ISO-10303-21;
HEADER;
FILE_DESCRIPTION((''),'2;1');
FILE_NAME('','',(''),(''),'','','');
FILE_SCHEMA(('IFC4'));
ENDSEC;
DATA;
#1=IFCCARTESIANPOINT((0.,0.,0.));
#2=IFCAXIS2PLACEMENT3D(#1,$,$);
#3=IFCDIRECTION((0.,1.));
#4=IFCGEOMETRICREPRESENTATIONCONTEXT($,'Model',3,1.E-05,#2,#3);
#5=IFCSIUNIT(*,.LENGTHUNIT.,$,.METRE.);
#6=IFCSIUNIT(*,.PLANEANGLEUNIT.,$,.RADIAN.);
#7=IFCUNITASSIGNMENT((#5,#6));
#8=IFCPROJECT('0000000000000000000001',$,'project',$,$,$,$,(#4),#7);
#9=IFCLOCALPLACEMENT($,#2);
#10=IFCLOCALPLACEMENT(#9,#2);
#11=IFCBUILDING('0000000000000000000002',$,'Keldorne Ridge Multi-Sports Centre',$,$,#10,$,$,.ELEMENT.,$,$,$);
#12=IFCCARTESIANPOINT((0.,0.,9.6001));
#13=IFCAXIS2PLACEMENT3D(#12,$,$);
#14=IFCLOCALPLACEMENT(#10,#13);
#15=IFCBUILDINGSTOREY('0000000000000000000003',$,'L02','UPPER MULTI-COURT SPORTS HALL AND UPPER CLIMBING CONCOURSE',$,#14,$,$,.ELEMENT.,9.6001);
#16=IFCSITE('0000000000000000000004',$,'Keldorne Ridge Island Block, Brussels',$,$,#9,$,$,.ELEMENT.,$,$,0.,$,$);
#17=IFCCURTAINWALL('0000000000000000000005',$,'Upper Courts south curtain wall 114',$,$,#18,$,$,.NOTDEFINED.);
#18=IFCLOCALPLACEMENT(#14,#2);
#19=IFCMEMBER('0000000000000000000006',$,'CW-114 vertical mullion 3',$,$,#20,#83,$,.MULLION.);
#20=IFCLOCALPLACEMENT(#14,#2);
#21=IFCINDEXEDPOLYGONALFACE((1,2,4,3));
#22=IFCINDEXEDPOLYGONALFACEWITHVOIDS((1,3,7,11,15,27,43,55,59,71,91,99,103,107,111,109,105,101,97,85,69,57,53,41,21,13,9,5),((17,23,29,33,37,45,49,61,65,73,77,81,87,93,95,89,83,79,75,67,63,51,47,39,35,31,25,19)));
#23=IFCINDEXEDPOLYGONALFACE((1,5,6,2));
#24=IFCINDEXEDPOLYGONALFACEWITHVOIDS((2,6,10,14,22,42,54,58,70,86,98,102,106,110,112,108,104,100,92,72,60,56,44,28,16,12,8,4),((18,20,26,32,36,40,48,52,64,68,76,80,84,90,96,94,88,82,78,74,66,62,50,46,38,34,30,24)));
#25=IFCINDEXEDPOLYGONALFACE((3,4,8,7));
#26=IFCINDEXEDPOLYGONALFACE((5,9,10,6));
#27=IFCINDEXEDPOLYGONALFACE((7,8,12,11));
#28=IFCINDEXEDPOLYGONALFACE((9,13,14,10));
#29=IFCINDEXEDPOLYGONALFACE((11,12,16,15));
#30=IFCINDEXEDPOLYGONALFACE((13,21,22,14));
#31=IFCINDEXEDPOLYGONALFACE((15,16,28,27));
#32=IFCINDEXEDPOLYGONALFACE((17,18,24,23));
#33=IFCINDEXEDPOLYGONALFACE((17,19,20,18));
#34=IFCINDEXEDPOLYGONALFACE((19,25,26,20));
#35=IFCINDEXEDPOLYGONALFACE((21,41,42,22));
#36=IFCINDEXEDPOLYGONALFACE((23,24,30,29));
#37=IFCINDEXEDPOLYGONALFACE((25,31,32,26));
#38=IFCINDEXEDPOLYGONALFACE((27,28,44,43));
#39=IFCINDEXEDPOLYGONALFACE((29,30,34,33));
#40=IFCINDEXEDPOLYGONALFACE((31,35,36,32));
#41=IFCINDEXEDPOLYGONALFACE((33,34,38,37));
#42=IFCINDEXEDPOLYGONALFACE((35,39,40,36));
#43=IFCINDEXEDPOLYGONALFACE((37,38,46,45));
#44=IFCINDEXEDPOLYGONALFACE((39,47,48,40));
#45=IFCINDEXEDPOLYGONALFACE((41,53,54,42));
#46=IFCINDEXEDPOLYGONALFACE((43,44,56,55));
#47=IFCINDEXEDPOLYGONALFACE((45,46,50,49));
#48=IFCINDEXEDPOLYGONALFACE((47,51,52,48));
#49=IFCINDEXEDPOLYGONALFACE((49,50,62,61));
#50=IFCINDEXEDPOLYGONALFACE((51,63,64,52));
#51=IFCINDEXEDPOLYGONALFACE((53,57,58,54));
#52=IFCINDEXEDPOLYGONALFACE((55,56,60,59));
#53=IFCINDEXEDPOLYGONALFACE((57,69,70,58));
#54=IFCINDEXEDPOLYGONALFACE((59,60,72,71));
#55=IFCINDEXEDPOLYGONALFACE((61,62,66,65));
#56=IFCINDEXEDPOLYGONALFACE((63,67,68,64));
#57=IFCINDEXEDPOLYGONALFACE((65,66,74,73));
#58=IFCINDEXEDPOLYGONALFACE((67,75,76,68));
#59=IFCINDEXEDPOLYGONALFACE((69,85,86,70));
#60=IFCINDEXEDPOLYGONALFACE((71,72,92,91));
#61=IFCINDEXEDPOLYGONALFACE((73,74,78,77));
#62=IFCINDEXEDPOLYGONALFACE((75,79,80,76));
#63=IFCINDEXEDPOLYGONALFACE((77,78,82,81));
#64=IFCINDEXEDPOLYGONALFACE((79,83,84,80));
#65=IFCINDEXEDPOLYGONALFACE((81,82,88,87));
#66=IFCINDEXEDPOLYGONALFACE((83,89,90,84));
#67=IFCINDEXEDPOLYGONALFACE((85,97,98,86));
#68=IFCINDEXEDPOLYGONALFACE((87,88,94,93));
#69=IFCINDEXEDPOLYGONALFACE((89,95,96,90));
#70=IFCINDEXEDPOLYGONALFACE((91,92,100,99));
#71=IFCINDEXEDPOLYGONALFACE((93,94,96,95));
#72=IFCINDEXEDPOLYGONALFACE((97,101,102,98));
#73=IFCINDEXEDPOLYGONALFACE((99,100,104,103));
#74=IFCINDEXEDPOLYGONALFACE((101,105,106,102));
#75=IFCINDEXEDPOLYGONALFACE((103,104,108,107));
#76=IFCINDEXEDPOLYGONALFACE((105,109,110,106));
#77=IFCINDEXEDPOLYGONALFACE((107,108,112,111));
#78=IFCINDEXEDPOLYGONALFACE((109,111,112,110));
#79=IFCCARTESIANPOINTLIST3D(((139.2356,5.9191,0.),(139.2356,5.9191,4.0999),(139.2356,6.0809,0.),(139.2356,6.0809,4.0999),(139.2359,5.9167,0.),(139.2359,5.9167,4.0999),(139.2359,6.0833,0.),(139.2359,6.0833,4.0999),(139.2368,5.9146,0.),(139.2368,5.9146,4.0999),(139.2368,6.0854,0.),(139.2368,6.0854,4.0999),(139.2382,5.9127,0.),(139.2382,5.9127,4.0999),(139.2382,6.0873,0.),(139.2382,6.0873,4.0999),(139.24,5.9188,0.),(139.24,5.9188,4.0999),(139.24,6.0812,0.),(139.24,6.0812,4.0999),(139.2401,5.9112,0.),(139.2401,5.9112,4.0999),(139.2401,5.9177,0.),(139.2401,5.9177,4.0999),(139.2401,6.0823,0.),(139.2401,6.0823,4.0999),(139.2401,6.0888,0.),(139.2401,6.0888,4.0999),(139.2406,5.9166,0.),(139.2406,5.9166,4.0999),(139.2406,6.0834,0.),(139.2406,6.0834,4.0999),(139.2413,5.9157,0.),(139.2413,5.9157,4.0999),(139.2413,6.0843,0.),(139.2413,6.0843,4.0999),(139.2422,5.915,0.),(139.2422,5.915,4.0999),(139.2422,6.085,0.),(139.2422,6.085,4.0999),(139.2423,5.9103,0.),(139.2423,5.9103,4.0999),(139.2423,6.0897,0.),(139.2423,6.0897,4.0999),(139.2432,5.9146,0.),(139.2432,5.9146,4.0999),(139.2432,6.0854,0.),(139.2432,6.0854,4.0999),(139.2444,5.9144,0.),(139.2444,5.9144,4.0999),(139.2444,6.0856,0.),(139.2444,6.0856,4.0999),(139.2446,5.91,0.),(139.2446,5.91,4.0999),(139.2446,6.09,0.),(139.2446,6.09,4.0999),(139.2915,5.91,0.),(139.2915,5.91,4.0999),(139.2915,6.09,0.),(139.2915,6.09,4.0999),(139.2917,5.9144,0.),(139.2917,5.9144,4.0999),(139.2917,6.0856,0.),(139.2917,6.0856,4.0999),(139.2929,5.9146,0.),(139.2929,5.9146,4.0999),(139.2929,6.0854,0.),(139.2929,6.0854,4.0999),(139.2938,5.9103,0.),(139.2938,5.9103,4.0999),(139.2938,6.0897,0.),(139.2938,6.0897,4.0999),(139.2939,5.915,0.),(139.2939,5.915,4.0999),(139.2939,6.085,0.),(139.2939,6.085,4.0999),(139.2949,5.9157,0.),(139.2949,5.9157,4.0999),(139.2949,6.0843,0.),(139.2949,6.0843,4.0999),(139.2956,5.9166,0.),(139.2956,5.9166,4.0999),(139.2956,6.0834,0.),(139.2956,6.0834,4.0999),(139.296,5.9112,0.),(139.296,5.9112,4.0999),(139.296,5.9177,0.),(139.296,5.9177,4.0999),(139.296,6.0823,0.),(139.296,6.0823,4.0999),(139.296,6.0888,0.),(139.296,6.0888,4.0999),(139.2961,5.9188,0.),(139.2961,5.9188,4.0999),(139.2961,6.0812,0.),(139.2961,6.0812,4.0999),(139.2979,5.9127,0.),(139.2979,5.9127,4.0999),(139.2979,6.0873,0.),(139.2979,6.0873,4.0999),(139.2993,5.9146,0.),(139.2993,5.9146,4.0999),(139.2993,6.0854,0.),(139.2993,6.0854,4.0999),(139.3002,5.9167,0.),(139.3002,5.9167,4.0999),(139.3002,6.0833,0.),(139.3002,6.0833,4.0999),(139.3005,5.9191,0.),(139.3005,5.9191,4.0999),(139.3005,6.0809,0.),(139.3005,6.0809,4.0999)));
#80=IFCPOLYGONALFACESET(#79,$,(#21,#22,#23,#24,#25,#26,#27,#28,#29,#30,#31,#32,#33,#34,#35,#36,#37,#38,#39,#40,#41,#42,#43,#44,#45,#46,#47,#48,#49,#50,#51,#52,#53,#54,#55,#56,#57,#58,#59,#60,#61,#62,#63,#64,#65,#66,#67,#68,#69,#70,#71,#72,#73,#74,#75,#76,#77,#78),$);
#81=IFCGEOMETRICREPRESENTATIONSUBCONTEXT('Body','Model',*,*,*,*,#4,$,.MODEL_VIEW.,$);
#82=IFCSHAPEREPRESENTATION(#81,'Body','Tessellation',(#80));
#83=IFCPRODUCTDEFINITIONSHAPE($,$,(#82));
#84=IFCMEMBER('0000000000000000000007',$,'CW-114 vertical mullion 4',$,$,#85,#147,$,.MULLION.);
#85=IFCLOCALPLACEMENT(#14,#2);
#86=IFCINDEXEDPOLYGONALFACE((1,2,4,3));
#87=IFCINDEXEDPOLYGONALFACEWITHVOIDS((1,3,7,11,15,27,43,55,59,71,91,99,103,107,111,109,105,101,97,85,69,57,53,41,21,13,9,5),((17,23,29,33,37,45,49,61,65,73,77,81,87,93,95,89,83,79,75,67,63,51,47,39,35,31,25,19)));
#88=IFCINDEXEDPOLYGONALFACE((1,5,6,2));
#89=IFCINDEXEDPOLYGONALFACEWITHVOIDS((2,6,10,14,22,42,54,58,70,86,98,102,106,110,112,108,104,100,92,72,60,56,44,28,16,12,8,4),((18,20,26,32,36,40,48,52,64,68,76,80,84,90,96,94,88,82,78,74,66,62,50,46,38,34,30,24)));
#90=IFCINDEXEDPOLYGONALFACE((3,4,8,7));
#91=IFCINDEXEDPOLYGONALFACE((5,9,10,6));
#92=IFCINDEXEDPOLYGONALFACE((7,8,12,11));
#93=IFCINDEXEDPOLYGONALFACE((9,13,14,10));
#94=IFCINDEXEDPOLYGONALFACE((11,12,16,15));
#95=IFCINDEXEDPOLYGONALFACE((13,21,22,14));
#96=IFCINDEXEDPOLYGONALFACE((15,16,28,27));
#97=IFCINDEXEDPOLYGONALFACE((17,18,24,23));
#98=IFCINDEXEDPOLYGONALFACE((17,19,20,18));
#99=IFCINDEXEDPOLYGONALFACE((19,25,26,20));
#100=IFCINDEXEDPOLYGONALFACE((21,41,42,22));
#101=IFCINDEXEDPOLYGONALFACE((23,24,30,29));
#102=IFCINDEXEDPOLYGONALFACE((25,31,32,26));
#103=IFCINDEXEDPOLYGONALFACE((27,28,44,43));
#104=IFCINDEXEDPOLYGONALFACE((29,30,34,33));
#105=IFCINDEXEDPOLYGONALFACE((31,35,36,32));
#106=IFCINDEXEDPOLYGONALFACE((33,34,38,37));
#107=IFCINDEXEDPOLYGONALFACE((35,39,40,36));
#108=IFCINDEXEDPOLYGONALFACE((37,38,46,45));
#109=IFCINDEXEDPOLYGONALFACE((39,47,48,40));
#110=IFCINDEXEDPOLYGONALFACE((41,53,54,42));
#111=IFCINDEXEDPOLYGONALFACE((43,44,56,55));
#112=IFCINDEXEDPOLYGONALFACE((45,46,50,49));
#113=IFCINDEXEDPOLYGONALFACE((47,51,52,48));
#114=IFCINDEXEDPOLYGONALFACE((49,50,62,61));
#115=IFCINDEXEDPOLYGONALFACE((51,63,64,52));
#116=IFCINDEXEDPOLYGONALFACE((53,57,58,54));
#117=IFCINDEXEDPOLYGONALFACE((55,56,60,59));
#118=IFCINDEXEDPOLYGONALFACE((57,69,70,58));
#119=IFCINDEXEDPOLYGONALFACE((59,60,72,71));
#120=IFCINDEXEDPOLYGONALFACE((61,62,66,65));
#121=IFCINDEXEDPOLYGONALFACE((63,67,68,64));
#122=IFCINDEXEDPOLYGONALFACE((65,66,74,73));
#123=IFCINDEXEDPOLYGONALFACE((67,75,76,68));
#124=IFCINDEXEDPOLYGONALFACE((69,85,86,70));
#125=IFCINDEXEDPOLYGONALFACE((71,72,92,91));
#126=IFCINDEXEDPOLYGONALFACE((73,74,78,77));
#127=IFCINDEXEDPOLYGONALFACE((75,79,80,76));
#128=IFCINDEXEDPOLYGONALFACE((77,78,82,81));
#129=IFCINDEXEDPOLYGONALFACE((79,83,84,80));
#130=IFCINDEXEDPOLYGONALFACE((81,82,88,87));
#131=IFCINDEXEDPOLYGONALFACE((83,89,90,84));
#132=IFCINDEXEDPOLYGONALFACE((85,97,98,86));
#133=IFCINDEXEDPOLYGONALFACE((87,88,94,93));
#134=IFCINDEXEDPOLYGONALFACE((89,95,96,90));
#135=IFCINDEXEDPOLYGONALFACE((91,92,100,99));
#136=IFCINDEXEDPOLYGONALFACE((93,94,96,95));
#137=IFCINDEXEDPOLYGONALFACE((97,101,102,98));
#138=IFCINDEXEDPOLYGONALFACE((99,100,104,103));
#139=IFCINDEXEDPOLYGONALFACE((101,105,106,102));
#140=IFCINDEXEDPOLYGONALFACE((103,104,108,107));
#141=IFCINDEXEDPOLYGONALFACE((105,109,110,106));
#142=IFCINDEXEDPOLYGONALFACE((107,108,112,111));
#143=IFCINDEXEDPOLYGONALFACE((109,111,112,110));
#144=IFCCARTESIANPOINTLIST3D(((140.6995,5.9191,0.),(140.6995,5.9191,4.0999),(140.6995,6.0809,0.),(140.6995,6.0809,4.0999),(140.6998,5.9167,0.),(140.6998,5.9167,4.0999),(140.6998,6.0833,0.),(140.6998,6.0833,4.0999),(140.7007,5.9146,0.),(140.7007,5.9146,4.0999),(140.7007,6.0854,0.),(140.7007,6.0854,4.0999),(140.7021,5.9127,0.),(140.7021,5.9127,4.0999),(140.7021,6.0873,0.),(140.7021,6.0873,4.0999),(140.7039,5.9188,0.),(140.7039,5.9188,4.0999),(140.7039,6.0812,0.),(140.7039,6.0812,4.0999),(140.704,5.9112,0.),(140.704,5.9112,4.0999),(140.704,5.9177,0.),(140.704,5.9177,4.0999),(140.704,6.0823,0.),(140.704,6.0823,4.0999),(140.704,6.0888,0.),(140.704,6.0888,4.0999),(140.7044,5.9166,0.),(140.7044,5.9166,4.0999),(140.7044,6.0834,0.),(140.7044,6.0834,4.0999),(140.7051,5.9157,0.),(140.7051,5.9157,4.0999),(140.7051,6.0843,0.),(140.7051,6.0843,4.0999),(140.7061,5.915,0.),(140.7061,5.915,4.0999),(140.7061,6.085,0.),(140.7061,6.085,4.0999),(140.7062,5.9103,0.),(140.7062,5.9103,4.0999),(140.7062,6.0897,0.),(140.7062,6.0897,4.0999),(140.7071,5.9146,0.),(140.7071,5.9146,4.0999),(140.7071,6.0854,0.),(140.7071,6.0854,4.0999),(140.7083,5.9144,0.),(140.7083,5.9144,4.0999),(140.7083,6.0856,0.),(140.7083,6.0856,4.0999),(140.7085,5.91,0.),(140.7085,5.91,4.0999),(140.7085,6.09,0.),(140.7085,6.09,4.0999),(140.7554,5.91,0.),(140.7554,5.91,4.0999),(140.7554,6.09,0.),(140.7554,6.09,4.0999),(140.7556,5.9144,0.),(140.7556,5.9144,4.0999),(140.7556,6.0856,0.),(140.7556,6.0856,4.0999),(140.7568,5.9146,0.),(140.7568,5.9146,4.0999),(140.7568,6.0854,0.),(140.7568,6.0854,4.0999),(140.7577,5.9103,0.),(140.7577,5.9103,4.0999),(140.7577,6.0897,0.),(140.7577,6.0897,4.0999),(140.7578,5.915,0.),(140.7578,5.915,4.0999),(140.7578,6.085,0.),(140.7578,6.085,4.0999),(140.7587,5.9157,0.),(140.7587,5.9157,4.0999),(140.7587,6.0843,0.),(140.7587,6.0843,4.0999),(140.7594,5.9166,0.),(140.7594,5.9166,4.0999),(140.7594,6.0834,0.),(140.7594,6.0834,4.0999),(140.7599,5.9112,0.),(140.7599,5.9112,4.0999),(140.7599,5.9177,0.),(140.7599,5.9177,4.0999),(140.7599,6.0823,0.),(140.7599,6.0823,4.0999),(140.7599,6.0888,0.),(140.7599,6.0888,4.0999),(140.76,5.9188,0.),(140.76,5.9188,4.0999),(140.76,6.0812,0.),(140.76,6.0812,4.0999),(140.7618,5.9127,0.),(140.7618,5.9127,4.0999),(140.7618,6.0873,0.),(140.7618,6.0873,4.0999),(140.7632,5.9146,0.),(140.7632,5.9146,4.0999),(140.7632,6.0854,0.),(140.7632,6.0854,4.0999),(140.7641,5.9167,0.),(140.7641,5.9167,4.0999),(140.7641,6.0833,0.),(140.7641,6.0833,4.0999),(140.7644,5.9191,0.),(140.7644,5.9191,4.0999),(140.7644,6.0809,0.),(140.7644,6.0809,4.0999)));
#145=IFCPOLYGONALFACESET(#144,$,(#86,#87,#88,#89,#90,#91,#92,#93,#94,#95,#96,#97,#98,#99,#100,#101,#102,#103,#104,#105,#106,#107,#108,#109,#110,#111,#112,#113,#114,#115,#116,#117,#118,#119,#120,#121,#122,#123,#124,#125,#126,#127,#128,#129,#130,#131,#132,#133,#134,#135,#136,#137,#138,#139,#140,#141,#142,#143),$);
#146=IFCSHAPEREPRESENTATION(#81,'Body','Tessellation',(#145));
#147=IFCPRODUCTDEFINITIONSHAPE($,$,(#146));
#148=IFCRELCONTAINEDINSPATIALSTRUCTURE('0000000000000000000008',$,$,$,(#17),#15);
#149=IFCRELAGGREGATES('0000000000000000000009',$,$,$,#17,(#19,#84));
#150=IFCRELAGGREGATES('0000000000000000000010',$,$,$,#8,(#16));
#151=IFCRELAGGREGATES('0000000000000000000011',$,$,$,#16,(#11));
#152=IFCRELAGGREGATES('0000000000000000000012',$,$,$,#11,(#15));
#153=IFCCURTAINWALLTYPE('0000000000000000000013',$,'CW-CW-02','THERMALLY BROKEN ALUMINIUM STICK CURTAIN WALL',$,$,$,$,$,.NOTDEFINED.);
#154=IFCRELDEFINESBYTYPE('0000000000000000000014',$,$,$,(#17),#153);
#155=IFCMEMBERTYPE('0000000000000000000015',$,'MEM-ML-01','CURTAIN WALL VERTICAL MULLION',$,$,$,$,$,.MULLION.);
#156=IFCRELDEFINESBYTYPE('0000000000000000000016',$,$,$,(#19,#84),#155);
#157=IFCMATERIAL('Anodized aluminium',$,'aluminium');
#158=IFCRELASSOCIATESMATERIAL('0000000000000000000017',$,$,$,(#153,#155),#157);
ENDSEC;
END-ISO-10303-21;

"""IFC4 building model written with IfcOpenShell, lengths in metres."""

from ifc_helpers import new_model, si_unit, direction, frame, origin, origin_2d, place, context, subcontext, project, spatial, hollow_rectangle, extrude, material, material_profile, profile_set, type_object, element, aggregate, save


model = new_model("IFC4")

# Units and contexts
model_context = context("Model", 3, precision=1e-05, world=origin(), true_north=direction((0.0, 1.0)))
body_context = subcontext(model_context, "Body", "Model", "MODEL_VIEW")
ifc_project = project(units=[si_unit("LENGTHUNIT", "METRE"), si_unit("PLANEANGLEUNIT", "RADIAN")], contexts=[model_context])

# Site, building, storey
site_placement = place(None, origin())
site = spatial("IfcSite", under=ifc_project, at=site_placement, Name="Keldorne Ridge Island Block, Brussels", CompositionType="ELEMENT", RefElevation=0.0)
building_placement = place(site_placement, origin())
building = spatial("IfcBuilding", under=site, at=building_placement, Name="Keldorne Ridge Multi-Sports Centre", CompositionType="ELEMENT")
storey_placement = place(building_placement, frame((0.0, 0.0, 9.6001)))
storey = spatial("IfcBuildingStorey", under=building, at=storey_placement, Name="L02", Description="UPPER MULTI-COURT SPORTS HALL AND UPPER CLIMBING CONCOURSE", CompositionType="ELEMENT", Elevation=9.6001)

# Curtain wall, members
ifc_material_1 = material(Name="Anodized aluminium", Category="aluminium")
curtain_wall_type = type_object("IfcCurtainWallType", Name="CW-CW-02", Description="THERMALLY BROKEN ALUMINIUM STICK CURTAIN WALL", PredefinedType="NOTDEFINED", material=ifc_material_1)
curtain_wall_placement = place(storey_placement, origin())
curtain_wall = element("IfcCurtainWall", 1, at=curtain_wall_placement, inside=storey, type_object=curtain_wall_type, Name="Upper Courts south curtain wall 114", PredefinedType="NOTDEFINED")
ifc_material_profile_1 = material_profile(ifc_material_1, hollow_rectangle(XDim=0.0649, YDim=0.1799, WallThickness=0.0044, InnerFilletRadius=0.0044, OuterFilletRadius=0.009, at=origin_2d()), Name="ALU MULLION 180x65x4.5")
ifc_profile_set_1 = profile_set([ifc_material_profile_1], Name="Anodized aluminium")
member_type_1 = type_object("IfcMemberType", Name="MEM-ML-01", Description="CURTAIN WALL VERTICAL MULLION", PredefinedType="MULLION", material=ifc_profile_set_1)
member_1_placement = place(storey_placement, frame((139.2681, 6.0, 0.0), z_axis=(0.0, 0.0, 1.0), x_axis=(1.0, 0.0, 0.0)))
member_1 = element("IfcMember", 2, at=member_1_placement, type_object=member_type_1, Name="CW-114 vertical mullion 3", PredefinedType="MULLION", context=body_context, shape_type="SweptSolid", body=[
    extrude(hollow_rectangle(XDim=0.0649, YDim=0.1799, WallThickness=0.0044, InnerFilletRadius=0.0044, OuterFilletRadius=0.009, at=origin_2d()), origin(), (0.0, 0.0, 1.0), 4.0999),
])
member_2_placement = place(storey_placement, frame((140.7319, 6.0, 0.0), z_axis=(0.0, 0.0, 1.0), x_axis=(1.0, 0.0, 0.0)))
member_2 = element("IfcMember", 3, at=member_2_placement, type_object=member_type_1, Name="CW-114 vertical mullion 4", PredefinedType="MULLION", context=body_context, shape_type="SweptSolid", body=[
    extrude(hollow_rectangle(XDim=0.0649, YDim=0.1799, WallThickness=0.0044, InnerFilletRadius=0.0044, OuterFilletRadius=0.009, at=origin_2d()), origin(), (0.0, 0.0, 1.0), 4.0999),
])
aggregate(curtain_wall, [member_1, member_2])

save(model, "model.ifc")
